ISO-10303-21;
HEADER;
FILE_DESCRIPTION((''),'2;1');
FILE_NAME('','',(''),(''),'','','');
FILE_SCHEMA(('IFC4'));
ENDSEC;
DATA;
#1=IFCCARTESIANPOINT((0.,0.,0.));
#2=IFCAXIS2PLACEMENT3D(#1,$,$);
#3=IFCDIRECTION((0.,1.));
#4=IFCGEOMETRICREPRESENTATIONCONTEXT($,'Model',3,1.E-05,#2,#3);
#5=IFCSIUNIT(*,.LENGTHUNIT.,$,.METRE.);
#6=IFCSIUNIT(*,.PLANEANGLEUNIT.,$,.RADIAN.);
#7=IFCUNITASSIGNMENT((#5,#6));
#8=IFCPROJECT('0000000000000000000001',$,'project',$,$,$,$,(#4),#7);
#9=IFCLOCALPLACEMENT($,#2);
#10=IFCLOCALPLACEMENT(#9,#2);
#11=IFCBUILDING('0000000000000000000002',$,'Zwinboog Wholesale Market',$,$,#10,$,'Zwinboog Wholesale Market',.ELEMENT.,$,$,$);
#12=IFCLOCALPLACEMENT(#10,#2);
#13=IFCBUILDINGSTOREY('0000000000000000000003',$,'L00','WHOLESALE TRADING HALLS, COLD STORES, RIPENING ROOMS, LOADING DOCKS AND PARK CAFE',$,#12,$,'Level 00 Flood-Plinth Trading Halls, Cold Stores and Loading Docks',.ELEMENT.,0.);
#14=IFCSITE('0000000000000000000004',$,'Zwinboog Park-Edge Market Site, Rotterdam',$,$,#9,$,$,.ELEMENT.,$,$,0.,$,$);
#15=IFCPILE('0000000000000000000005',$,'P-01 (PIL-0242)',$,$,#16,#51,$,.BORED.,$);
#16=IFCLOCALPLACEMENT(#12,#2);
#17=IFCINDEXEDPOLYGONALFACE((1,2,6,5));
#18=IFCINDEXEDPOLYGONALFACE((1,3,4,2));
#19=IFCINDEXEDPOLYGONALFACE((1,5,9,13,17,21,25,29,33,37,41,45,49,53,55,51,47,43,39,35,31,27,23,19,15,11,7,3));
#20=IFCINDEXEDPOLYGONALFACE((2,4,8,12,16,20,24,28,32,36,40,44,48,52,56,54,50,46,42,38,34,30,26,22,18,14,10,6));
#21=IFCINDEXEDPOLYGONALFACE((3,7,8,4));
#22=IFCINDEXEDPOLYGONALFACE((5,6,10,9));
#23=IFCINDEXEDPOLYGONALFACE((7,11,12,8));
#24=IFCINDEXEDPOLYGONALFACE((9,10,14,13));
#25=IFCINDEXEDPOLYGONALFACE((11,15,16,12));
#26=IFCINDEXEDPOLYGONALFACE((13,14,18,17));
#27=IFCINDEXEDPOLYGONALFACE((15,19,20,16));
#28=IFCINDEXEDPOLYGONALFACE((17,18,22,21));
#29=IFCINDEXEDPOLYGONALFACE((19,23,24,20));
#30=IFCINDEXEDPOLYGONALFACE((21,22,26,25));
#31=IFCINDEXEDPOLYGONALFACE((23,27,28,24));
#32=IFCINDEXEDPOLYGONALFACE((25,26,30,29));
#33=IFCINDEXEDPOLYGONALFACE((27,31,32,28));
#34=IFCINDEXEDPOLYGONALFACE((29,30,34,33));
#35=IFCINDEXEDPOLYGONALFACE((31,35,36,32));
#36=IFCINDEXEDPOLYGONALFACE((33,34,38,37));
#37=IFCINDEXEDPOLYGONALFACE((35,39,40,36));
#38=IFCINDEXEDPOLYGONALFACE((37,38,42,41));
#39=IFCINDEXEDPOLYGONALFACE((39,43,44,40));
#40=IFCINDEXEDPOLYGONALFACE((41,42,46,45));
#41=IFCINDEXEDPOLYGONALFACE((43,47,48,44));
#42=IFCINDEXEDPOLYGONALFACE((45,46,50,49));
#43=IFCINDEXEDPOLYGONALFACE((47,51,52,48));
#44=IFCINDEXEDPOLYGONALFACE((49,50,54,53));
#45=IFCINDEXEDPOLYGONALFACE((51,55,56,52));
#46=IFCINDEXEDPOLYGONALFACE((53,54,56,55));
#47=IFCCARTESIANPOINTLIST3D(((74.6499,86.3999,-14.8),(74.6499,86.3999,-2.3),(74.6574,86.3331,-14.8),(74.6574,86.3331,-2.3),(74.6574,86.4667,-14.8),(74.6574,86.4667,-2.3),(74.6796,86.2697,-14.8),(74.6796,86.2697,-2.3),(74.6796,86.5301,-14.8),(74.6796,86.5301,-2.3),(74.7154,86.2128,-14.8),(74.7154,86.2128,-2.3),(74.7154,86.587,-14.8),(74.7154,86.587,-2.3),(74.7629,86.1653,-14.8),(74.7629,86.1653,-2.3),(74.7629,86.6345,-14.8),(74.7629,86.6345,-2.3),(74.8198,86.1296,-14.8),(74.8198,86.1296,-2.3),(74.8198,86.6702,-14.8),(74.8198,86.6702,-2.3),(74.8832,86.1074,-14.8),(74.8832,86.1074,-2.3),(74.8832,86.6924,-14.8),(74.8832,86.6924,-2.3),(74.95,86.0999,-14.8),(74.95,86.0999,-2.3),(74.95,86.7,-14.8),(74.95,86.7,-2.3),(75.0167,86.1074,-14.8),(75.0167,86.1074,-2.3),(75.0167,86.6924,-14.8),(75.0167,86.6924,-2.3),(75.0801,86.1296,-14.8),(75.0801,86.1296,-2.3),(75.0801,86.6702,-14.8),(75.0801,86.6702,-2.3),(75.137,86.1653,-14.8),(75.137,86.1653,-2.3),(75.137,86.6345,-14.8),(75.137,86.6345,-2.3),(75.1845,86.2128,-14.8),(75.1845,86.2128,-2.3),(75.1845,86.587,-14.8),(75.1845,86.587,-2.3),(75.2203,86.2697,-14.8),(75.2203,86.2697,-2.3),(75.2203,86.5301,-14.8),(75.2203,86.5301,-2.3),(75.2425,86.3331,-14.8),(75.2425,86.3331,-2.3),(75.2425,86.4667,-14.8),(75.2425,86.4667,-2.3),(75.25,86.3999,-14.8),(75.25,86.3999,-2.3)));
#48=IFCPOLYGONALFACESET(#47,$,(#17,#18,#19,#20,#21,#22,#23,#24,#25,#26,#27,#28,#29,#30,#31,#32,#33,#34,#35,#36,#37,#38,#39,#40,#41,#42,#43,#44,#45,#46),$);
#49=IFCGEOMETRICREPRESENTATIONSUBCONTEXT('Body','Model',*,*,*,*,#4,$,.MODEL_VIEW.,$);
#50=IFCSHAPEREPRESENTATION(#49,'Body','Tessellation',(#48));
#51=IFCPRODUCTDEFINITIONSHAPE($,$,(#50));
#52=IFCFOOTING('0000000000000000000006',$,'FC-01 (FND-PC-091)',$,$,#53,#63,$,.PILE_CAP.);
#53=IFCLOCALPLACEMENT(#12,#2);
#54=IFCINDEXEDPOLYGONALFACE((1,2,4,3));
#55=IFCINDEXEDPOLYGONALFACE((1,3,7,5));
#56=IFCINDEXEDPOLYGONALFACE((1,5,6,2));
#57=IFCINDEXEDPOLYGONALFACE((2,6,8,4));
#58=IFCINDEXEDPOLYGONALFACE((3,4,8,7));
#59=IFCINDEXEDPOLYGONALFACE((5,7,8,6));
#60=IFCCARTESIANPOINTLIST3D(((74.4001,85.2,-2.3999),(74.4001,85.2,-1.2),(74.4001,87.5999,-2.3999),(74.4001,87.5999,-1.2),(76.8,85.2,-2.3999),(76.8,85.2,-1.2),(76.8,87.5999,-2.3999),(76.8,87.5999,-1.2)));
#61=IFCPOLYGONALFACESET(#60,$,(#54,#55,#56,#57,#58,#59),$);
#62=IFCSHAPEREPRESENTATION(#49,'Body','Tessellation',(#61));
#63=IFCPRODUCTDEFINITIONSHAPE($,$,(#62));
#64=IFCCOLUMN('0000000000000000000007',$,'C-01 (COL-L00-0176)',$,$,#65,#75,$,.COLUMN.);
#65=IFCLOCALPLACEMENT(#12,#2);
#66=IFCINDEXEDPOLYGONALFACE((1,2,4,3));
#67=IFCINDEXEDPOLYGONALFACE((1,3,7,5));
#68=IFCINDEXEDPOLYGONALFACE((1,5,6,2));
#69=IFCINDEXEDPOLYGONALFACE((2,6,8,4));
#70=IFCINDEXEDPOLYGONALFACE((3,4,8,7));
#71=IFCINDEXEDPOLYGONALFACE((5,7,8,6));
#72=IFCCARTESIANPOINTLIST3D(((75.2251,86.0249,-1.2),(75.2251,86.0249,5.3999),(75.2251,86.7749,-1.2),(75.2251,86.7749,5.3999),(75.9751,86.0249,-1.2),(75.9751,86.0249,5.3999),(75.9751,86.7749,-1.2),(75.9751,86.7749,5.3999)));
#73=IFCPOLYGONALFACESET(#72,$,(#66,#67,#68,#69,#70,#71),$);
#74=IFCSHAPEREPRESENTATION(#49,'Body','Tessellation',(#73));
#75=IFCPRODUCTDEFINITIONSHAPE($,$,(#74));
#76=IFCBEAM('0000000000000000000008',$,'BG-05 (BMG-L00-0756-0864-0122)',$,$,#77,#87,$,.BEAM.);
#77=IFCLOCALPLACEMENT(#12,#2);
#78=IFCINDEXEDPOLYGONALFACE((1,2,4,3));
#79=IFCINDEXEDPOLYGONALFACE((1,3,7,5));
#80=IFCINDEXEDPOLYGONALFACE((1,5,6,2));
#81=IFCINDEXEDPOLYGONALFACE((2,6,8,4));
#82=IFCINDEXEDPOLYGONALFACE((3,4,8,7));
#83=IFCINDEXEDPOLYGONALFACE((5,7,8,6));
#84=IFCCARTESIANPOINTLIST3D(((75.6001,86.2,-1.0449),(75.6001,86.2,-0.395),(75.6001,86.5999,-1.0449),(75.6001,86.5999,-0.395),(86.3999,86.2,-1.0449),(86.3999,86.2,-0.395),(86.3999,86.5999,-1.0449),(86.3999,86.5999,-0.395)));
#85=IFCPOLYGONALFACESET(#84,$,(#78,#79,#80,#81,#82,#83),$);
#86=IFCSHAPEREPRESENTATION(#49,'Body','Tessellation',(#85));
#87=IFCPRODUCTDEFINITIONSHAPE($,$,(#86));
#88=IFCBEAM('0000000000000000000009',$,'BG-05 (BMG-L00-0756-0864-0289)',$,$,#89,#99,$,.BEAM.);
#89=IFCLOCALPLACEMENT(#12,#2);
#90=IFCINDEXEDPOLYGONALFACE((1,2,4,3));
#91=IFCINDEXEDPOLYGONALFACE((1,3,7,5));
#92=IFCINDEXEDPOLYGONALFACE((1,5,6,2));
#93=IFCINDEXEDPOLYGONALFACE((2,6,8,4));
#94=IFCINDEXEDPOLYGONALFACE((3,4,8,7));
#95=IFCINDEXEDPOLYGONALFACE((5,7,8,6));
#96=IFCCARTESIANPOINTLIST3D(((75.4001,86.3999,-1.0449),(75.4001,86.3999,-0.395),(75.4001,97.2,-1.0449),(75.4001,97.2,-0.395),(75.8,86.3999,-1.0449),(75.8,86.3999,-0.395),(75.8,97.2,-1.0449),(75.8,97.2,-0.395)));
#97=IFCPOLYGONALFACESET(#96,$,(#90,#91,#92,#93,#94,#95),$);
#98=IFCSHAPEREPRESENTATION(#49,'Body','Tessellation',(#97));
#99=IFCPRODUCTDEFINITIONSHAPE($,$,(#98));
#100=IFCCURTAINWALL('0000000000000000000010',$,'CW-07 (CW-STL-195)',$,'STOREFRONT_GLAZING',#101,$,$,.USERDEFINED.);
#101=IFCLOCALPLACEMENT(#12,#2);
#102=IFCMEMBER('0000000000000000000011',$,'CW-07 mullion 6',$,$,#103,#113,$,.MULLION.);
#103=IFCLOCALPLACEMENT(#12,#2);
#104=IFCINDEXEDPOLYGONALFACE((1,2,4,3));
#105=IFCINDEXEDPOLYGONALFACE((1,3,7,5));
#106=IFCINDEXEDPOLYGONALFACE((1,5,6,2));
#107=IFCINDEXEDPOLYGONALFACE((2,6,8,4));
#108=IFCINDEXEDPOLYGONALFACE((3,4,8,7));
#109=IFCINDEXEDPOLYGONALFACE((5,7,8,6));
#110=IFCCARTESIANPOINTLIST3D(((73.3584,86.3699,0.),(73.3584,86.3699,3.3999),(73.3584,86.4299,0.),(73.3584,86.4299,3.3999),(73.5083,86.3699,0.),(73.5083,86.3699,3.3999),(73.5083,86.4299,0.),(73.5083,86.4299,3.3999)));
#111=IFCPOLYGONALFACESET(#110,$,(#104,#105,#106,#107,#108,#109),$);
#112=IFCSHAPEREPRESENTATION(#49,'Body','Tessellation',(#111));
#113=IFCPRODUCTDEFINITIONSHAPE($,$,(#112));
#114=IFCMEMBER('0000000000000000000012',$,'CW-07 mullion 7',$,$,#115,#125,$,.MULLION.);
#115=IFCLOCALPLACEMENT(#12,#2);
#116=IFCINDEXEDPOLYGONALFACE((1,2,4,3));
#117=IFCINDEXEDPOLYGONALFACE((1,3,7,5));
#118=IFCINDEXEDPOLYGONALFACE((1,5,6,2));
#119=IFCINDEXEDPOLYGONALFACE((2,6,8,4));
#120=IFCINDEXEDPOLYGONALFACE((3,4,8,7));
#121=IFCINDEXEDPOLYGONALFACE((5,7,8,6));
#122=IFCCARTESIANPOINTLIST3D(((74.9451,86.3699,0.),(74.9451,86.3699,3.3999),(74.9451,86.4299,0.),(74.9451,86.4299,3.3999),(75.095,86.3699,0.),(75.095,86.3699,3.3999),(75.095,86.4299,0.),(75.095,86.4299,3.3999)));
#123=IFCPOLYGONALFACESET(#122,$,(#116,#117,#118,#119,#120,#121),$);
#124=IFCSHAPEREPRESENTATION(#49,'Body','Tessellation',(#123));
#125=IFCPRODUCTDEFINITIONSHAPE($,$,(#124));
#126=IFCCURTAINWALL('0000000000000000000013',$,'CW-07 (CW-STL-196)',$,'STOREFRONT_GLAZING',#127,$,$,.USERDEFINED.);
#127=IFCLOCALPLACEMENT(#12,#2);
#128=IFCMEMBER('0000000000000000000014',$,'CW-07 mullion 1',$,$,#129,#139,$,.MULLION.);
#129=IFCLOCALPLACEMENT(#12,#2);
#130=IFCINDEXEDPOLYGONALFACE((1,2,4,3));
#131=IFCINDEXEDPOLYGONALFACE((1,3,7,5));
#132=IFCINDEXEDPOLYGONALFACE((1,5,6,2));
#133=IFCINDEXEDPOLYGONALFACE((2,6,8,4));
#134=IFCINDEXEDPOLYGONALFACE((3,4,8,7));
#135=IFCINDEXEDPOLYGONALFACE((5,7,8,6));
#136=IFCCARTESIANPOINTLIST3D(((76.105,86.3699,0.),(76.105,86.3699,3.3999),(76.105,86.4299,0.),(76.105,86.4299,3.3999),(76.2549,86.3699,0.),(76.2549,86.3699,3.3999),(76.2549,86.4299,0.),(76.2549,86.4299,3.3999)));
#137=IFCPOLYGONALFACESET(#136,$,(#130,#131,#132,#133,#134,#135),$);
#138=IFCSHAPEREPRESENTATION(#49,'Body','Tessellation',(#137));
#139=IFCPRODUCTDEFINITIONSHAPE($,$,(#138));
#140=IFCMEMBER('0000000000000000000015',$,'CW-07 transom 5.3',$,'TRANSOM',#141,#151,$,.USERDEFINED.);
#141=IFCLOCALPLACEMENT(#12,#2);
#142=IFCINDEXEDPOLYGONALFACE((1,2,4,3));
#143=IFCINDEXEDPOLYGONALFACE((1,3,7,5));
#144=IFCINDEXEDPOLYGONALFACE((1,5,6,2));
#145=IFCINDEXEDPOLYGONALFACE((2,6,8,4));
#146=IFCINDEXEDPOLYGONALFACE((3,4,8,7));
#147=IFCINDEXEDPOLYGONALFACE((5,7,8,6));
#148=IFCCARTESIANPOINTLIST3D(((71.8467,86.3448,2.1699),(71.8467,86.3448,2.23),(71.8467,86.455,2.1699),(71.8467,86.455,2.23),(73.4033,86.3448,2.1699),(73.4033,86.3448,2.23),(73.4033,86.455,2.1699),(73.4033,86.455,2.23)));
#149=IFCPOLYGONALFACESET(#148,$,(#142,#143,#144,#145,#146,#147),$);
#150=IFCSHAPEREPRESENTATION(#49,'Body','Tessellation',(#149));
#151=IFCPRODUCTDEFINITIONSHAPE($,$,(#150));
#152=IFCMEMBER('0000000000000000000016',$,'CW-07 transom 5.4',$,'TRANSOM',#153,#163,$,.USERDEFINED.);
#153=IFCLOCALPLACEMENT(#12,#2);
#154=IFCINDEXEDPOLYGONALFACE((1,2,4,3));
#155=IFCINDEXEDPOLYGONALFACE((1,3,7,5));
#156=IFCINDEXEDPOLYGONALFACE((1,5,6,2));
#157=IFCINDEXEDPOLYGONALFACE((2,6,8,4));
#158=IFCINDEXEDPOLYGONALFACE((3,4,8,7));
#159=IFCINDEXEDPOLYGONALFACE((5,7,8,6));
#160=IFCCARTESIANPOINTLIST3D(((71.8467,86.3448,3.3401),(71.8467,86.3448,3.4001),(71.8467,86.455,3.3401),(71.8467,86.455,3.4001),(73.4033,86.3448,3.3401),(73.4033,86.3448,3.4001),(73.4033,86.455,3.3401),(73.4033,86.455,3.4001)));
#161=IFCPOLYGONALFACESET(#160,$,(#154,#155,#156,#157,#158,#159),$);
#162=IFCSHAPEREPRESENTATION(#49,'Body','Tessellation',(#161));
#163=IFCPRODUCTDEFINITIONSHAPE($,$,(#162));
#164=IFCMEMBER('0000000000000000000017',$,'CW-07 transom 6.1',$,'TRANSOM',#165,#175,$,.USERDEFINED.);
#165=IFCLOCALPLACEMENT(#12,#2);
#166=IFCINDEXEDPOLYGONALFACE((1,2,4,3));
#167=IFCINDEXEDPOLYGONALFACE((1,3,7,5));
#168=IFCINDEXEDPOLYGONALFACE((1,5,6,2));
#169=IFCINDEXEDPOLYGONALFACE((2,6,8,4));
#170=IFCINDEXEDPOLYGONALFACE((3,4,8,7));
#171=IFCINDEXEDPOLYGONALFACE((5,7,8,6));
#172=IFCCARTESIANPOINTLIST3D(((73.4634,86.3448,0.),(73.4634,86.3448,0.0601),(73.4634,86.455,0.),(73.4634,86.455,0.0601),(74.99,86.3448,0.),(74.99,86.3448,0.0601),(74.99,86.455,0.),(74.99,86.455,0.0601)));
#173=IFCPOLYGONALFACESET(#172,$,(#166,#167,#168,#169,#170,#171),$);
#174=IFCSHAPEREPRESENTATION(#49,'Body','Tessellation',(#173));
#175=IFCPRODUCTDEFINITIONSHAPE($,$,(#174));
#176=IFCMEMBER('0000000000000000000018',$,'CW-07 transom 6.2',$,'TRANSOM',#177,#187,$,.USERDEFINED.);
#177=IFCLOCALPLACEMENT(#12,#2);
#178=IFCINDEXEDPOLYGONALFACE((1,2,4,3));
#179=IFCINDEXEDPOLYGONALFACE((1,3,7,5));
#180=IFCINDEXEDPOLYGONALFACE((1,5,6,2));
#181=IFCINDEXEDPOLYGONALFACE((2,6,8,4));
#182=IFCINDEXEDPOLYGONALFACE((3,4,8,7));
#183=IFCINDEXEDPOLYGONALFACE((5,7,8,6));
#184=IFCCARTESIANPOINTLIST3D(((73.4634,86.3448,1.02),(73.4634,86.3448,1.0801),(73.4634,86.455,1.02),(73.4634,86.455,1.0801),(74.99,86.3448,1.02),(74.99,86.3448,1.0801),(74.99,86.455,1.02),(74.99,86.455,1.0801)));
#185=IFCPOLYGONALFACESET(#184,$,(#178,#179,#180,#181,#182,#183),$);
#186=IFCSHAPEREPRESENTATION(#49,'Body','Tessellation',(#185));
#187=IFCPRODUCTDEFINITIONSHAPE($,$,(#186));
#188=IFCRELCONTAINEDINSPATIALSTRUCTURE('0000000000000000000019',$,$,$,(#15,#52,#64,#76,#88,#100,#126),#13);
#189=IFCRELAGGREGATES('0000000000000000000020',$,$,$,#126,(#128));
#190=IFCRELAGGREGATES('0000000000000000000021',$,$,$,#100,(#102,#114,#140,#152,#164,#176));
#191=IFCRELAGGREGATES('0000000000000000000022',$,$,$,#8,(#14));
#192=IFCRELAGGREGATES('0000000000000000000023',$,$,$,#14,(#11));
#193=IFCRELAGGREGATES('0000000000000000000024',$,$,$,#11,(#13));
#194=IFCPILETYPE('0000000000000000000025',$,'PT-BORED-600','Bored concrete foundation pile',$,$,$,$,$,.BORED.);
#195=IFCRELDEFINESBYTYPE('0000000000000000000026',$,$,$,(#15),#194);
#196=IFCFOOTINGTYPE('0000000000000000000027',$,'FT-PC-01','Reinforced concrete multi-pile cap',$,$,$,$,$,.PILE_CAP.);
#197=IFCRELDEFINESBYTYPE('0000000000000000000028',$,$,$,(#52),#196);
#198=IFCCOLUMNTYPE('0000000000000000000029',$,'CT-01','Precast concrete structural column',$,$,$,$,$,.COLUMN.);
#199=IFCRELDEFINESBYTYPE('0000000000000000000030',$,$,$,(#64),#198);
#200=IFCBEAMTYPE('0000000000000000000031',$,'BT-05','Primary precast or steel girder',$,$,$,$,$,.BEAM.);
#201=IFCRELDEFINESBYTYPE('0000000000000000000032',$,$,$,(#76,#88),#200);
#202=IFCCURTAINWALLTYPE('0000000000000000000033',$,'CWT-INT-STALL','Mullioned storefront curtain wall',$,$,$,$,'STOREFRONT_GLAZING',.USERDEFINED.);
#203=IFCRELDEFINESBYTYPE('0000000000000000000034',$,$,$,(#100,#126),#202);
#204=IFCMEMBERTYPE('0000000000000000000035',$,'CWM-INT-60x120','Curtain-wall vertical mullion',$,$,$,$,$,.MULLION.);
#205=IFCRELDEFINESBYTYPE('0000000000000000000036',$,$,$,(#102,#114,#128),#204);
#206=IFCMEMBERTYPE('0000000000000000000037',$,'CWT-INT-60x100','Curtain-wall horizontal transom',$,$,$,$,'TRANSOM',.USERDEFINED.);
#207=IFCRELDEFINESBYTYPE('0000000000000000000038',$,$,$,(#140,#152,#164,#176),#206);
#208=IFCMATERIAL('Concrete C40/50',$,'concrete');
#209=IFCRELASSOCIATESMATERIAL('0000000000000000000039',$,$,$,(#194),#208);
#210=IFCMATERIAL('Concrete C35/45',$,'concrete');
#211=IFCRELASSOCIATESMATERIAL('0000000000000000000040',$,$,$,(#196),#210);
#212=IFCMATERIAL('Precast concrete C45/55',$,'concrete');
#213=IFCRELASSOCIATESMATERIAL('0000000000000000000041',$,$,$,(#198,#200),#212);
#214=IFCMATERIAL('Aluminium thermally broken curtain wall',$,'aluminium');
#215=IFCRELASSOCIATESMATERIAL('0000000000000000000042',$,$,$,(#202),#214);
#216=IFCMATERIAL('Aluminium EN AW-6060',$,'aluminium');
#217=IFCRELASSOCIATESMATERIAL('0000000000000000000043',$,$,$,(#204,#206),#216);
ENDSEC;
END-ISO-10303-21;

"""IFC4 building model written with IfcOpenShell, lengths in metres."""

from ifc_helpers import new_model, si_unit, direction, frame, origin, origin_2d, place, context, subcontext, project, spatial, rectangle, circle, extrude, material, material_profile, profile_set, type_object, element, aggregate, save


model = new_model("IFC4")

# Units and contexts
model_context = context("Model", 3, precision=1e-05, world=origin(), true_north=direction((0.0, 1.0)))
body_context = subcontext(model_context, "Body", "Model", "MODEL_VIEW")
ifc_project = project(units=[si_unit("LENGTHUNIT", "METRE"), si_unit("PLANEANGLEUNIT", "RADIAN")], contexts=[model_context])

# Site, building, storey
site_placement = place(None, origin())
site = spatial("IfcSite", under=ifc_project, at=site_placement, Name="Zwinboog Park-Edge Market Site, Rotterdam", CompositionType="ELEMENT", RefElevation=0.0)
building_placement = place(site_placement, origin())
building = spatial("IfcBuilding", under=site, at=building_placement, Name="Zwinboog Wholesale Market", LongName="Zwinboog Wholesale Market", CompositionType="ELEMENT")
storey_placement = place(building_placement, origin())
storey = spatial("IfcBuildingStorey", under=building, at=storey_placement, Name="L00", Description="WHOLESALE TRADING HALLS, COLD STORES, RIPENING ROOMS, LOADING DOCKS AND PARK CAFE", LongName="Level 00 Flood-Plinth Trading Halls, Cold Stores and Loading Docks", CompositionType="ELEMENT", Elevation=0.0)

# Pile
ifc_material_1 = material(Name="Concrete C40/50", Category="concrete")
ifc_material_profile_1 = material_profile(ifc_material_1, circle(Radius=0.3, at=origin_2d()), Name="PILE D600")
ifc_profile_set_1 = profile_set([ifc_material_profile_1], Name="Concrete C40/50")
pile_type = type_object("IfcPileType", Name="PT-BORED-600", Description="Bored concrete foundation pile", PredefinedType="BORED", material=ifc_profile_set_1)
pile_placement = place(storey_placement, frame((74.95, 86.3999, -2.3), z_axis=(0.0, 0.0, -1.0), x_axis=(1.0, 0.0, 0.0)))
element("IfcPile", 1, at=pile_placement, inside=storey, type_object=pile_type, Name="P-01 (PIL-0242)", PredefinedType="BORED", context=body_context, shape_type="SweptSolid", body=[
    extrude(circle(Radius=0.3, at=origin_2d()), origin(), (0.0, 0.0, 1.0), 12.5),
])

# Footing
ifc_material_2 = material(Name="Concrete C35/45", Category="concrete")
footing_type = type_object("IfcFootingType", Name="FT-PC-01", Description="Reinforced concrete multi-pile cap", PredefinedType="PILE_CAP", material=ifc_material_2)
footing_placement = place(storey_placement, frame((75.6001, 86.3999, -2.3999), z_axis=(0.0, 0.0, 1.0), x_axis=(1.0, 0.0, 0.0)))
element("IfcFooting", 2, at=footing_placement, inside=storey, type_object=footing_type, Name="FC-01 (FND-PC-091)", PredefinedType="PILE_CAP", context=body_context, shape_type="SweptSolid", body=[
    extrude(rectangle(XDim=2.3999, YDim=2.3999, at=origin_2d()), origin(), (0.0, 0.0, 1.0), 1.2),
])

# Column
ifc_material_3 = material(Name="Precast concrete C45/55", Category="concrete")
ifc_material_profile_2 = material_profile(ifc_material_3, rectangle(XDim=0.75, YDim=0.75, at=origin_2d()), Name="PC 750x750")
ifc_profile_set_2 = profile_set([ifc_material_profile_2], Name="Precast concrete C45/55")
column_type = type_object("IfcColumnType", Name="CT-01", Description="Precast concrete structural column", PredefinedType="COLUMN", material=ifc_profile_set_2)
column_placement = place(storey_placement, frame((75.6001, 86.3999, -1.2), z_axis=(0.0, 0.0, 1.0), x_axis=(1.0, 0.0, 0.0)))
element("IfcColumn", 3, at=column_placement, inside=storey, type_object=column_type, Name="C-01 (COL-L00-0176)", PredefinedType="COLUMN", context=body_context, shape_type="SweptSolid", body=[
    extrude(rectangle(XDim=0.75, YDim=0.75, at=origin_2d()), origin(), (0.0, 0.0, 1.0), 6.5999),
])

# Beams
ifc_material_profile_3 = material_profile(ifc_material_3, rectangle(XDim=0.3999, YDim=0.6499, at=origin_2d()), Name="PC 400x650")
ifc_profile_set_3 = profile_set([ifc_material_profile_3], Name="Precast concrete C45/55")
beam_type = type_object("IfcBeamType", Name="BT-05", Description="Primary precast or steel girder", PredefinedType="BEAM", material=ifc_profile_set_3)
beam_1_placement = place(storey_placement, frame((75.6001, 86.3999, -0.72), z_axis=(1.0, 0.0, 0.0), x_axis=(0.0, 1.0, 0.0)))
element("IfcBeam", 4, at=beam_1_placement, inside=storey, type_object=beam_type, Name="BG-05 (BMG-L00-0756-0864-0122)", PredefinedType="BEAM", context=body_context, shape_type="SweptSolid", body=[
    extrude(rectangle(XDim=0.3999, YDim=0.6499, at=origin_2d()), origin(), (0.0, 0.0, 1.0), 10.7998),
])
beam_2_placement = place(storey_placement, frame((75.6001, 86.3999, -0.72), z_axis=(0.0, 1.0, 0.0), x_axis=(-1.0, 0.0, 0.0)))
element("IfcBeam", 5, at=beam_2_placement, inside=storey, type_object=beam_type, Name="BG-05 (BMG-L00-0756-0864-0289)", PredefinedType="BEAM", context=body_context, shape_type="SweptSolid", body=[
    extrude(rectangle(XDim=0.3999, YDim=0.6499, at=origin_2d()), origin(), (0.0, 0.0, 1.0), 10.8),
])

# Curtain wall, members
ifc_material_4 = material(Name="Aluminium thermally broken curtain wall", Category="aluminium")
curtain_wall_type = type_object("IfcCurtainWallType", Name="CWT-INT-STALL", Description="Mullioned storefront curtain wall", ElementType="STOREFRONT_GLAZING", PredefinedType="USERDEFINED", material=ifc_material_4)
curtain_wall_1_placement = place(storey_placement, origin())
curtain_wall_1 = element("IfcCurtainWall", 6, at=curtain_wall_1_placement, inside=storey, type_object=curtain_wall_type, Name="CW-07 (CW-STL-195)", ObjectType="STOREFRONT_GLAZING", PredefinedType="USERDEFINED")
ifc_material_5 = material(Name="Aluminium EN AW-6060", Category="aluminium")
ifc_material_profile_4 = material_profile(ifc_material_5, rectangle(XDim=0.0601, YDim=0.1499, at=origin_2d()), Name="AL 60x150")
ifc_profile_set_4 = profile_set([ifc_material_profile_4], Name="Aluminium EN AW-6060")
member_type_1 = type_object("IfcMemberType", Name="CWM-INT-60x120", Description="Curtain-wall vertical mullion", PredefinedType="MULLION", material=ifc_profile_set_4)
member_1_placement = place(storey_placement, frame((73.4333, 86.3999, 0.0), z_axis=(0.0, 0.0, 1.0), x_axis=(0.0, 1.0, 0.0)))
member_1 = element("IfcMember", 7, at=member_1_placement, type_object=member_type_1, Name="CW-07 mullion 6", PredefinedType="MULLION", context=body_context, shape_type="SweptSolid", body=[
    extrude(rectangle(XDim=0.0601, YDim=0.1499, at=origin_2d()), origin(), (0.0, 0.0, 1.0), 3.3999),
])
member_2_placement = place(storey_placement, frame((75.02, 86.3999, 0.0), z_axis=(0.0, 0.0, 1.0), x_axis=(0.0, 1.0, 0.0)))
member_2 = element("IfcMember", 8, at=member_2_placement, type_object=member_type_1, Name="CW-07 mullion 7", PredefinedType="MULLION", context=body_context, shape_type="SweptSolid", body=[
    extrude(rectangle(XDim=0.0601, YDim=0.1499, at=origin_2d()), origin(), (0.0, 0.0, 1.0), 3.3999),
])

# Curtain wall, member
curtain_wall_2_placement = place(storey_placement, origin())
curtain_wall_2 = element("IfcCurtainWall", 9, at=curtain_wall_2_placement, inside=storey, type_object=curtain_wall_type, Name="CW-07 (CW-STL-196)", ObjectType="STOREFRONT_GLAZING", PredefinedType="USERDEFINED")
member_3_placement = place(storey_placement, frame((76.1799, 86.3999, 0.0), z_axis=(0.0, 0.0, 1.0), x_axis=(0.0, 1.0, 0.0)))
member_3 = element("IfcMember", 10, at=member_3_placement, type_object=member_type_1, Name="CW-07 mullion 1", PredefinedType="MULLION", context=body_context, shape_type="SweptSolid", body=[
    extrude(rectangle(XDim=0.0601, YDim=0.1499, at=origin_2d()), origin(), (0.0, 0.0, 1.0), 3.3999),
])

# Members
ifc_material_profile_5 = material_profile(ifc_material_5, rectangle(XDim=0.1101, YDim=0.0601, at=origin_2d()), Name="AL 60x110")
ifc_profile_set_5 = profile_set([ifc_material_profile_5], Name="Aluminium EN AW-6060")
member_type_2 = type_object("IfcMemberType", Name="CWT-INT-60x100", Description="Curtain-wall horizontal transom", ElementType="TRANSOM", PredefinedType="USERDEFINED", material=ifc_profile_set_5)
member_4_placement = place(storey_placement, frame((71.8467, 86.3999, 2.2), z_axis=(1.0, 0.0, 0.0), x_axis=(0.0, 1.0, 0.0)))
member_4 = element("IfcMember", 11, at=member_4_placement, type_object=member_type_2, Name="CW-07 transom 5.3", ObjectType="TRANSOM", PredefinedType="USERDEFINED", context=body_context, shape_type="SweptSolid", body=[
    extrude(rectangle(XDim=0.1101, YDim=0.0601, at=origin_2d()), origin(), (0.0, 0.0, 1.0), 1.5566),
])
member_5_placement = place(storey_placement, frame((71.8467, 86.3999, 3.3701), z_axis=(1.0, 0.0, 0.0), x_axis=(0.0, 1.0, 0.0)))
member_5 = element("IfcMember", 12, at=member_5_placement, type_object=member_type_2, Name="CW-07 transom 5.4", ObjectType="TRANSOM", PredefinedType="USERDEFINED", context=body_context, shape_type="SweptSolid", body=[
    extrude(rectangle(XDim=0.1101, YDim=0.0601, at=origin_2d()), origin(), (0.0, 0.0, 1.0), 1.5566),
])
member_6_placement = place(storey_placement, frame((73.4634, 86.3999, 0.03), z_axis=(1.0, 0.0, 0.0), x_axis=(0.0, 1.0, 0.0)))
member_6 = element("IfcMember", 13, at=member_6_placement, type_object=member_type_2, Name="CW-07 transom 6.1", ObjectType="TRANSOM", PredefinedType="USERDEFINED", context=body_context, shape_type="SweptSolid", body=[
    extrude(rectangle(XDim=0.1101, YDim=0.0601, at=origin_2d()), origin(), (0.0, 0.0, 1.0), 1.5266),
])
member_7_placement = place(storey_placement, frame((73.4634, 86.3999, 1.05), z_axis=(1.0, 0.0, 0.0), x_axis=(0.0, 1.0, 0.0)))
member_7 = element("IfcMember", 14, at=member_7_placement, type_object=member_type_2, Name="CW-07 transom 6.2", ObjectType="TRANSOM", PredefinedType="USERDEFINED", context=body_context, shape_type="SweptSolid", body=[
    extrude(rectangle(XDim=0.1101, YDim=0.0601, at=origin_2d()), origin(), (0.0, 0.0, 1.0), 1.5266),
])
aggregate(curtain_wall_2, [member_3])

aggregate(curtain_wall_1, [member_1, member_2, member_4, member_5, member_6, member_7])

save(model, "model.ifc")
